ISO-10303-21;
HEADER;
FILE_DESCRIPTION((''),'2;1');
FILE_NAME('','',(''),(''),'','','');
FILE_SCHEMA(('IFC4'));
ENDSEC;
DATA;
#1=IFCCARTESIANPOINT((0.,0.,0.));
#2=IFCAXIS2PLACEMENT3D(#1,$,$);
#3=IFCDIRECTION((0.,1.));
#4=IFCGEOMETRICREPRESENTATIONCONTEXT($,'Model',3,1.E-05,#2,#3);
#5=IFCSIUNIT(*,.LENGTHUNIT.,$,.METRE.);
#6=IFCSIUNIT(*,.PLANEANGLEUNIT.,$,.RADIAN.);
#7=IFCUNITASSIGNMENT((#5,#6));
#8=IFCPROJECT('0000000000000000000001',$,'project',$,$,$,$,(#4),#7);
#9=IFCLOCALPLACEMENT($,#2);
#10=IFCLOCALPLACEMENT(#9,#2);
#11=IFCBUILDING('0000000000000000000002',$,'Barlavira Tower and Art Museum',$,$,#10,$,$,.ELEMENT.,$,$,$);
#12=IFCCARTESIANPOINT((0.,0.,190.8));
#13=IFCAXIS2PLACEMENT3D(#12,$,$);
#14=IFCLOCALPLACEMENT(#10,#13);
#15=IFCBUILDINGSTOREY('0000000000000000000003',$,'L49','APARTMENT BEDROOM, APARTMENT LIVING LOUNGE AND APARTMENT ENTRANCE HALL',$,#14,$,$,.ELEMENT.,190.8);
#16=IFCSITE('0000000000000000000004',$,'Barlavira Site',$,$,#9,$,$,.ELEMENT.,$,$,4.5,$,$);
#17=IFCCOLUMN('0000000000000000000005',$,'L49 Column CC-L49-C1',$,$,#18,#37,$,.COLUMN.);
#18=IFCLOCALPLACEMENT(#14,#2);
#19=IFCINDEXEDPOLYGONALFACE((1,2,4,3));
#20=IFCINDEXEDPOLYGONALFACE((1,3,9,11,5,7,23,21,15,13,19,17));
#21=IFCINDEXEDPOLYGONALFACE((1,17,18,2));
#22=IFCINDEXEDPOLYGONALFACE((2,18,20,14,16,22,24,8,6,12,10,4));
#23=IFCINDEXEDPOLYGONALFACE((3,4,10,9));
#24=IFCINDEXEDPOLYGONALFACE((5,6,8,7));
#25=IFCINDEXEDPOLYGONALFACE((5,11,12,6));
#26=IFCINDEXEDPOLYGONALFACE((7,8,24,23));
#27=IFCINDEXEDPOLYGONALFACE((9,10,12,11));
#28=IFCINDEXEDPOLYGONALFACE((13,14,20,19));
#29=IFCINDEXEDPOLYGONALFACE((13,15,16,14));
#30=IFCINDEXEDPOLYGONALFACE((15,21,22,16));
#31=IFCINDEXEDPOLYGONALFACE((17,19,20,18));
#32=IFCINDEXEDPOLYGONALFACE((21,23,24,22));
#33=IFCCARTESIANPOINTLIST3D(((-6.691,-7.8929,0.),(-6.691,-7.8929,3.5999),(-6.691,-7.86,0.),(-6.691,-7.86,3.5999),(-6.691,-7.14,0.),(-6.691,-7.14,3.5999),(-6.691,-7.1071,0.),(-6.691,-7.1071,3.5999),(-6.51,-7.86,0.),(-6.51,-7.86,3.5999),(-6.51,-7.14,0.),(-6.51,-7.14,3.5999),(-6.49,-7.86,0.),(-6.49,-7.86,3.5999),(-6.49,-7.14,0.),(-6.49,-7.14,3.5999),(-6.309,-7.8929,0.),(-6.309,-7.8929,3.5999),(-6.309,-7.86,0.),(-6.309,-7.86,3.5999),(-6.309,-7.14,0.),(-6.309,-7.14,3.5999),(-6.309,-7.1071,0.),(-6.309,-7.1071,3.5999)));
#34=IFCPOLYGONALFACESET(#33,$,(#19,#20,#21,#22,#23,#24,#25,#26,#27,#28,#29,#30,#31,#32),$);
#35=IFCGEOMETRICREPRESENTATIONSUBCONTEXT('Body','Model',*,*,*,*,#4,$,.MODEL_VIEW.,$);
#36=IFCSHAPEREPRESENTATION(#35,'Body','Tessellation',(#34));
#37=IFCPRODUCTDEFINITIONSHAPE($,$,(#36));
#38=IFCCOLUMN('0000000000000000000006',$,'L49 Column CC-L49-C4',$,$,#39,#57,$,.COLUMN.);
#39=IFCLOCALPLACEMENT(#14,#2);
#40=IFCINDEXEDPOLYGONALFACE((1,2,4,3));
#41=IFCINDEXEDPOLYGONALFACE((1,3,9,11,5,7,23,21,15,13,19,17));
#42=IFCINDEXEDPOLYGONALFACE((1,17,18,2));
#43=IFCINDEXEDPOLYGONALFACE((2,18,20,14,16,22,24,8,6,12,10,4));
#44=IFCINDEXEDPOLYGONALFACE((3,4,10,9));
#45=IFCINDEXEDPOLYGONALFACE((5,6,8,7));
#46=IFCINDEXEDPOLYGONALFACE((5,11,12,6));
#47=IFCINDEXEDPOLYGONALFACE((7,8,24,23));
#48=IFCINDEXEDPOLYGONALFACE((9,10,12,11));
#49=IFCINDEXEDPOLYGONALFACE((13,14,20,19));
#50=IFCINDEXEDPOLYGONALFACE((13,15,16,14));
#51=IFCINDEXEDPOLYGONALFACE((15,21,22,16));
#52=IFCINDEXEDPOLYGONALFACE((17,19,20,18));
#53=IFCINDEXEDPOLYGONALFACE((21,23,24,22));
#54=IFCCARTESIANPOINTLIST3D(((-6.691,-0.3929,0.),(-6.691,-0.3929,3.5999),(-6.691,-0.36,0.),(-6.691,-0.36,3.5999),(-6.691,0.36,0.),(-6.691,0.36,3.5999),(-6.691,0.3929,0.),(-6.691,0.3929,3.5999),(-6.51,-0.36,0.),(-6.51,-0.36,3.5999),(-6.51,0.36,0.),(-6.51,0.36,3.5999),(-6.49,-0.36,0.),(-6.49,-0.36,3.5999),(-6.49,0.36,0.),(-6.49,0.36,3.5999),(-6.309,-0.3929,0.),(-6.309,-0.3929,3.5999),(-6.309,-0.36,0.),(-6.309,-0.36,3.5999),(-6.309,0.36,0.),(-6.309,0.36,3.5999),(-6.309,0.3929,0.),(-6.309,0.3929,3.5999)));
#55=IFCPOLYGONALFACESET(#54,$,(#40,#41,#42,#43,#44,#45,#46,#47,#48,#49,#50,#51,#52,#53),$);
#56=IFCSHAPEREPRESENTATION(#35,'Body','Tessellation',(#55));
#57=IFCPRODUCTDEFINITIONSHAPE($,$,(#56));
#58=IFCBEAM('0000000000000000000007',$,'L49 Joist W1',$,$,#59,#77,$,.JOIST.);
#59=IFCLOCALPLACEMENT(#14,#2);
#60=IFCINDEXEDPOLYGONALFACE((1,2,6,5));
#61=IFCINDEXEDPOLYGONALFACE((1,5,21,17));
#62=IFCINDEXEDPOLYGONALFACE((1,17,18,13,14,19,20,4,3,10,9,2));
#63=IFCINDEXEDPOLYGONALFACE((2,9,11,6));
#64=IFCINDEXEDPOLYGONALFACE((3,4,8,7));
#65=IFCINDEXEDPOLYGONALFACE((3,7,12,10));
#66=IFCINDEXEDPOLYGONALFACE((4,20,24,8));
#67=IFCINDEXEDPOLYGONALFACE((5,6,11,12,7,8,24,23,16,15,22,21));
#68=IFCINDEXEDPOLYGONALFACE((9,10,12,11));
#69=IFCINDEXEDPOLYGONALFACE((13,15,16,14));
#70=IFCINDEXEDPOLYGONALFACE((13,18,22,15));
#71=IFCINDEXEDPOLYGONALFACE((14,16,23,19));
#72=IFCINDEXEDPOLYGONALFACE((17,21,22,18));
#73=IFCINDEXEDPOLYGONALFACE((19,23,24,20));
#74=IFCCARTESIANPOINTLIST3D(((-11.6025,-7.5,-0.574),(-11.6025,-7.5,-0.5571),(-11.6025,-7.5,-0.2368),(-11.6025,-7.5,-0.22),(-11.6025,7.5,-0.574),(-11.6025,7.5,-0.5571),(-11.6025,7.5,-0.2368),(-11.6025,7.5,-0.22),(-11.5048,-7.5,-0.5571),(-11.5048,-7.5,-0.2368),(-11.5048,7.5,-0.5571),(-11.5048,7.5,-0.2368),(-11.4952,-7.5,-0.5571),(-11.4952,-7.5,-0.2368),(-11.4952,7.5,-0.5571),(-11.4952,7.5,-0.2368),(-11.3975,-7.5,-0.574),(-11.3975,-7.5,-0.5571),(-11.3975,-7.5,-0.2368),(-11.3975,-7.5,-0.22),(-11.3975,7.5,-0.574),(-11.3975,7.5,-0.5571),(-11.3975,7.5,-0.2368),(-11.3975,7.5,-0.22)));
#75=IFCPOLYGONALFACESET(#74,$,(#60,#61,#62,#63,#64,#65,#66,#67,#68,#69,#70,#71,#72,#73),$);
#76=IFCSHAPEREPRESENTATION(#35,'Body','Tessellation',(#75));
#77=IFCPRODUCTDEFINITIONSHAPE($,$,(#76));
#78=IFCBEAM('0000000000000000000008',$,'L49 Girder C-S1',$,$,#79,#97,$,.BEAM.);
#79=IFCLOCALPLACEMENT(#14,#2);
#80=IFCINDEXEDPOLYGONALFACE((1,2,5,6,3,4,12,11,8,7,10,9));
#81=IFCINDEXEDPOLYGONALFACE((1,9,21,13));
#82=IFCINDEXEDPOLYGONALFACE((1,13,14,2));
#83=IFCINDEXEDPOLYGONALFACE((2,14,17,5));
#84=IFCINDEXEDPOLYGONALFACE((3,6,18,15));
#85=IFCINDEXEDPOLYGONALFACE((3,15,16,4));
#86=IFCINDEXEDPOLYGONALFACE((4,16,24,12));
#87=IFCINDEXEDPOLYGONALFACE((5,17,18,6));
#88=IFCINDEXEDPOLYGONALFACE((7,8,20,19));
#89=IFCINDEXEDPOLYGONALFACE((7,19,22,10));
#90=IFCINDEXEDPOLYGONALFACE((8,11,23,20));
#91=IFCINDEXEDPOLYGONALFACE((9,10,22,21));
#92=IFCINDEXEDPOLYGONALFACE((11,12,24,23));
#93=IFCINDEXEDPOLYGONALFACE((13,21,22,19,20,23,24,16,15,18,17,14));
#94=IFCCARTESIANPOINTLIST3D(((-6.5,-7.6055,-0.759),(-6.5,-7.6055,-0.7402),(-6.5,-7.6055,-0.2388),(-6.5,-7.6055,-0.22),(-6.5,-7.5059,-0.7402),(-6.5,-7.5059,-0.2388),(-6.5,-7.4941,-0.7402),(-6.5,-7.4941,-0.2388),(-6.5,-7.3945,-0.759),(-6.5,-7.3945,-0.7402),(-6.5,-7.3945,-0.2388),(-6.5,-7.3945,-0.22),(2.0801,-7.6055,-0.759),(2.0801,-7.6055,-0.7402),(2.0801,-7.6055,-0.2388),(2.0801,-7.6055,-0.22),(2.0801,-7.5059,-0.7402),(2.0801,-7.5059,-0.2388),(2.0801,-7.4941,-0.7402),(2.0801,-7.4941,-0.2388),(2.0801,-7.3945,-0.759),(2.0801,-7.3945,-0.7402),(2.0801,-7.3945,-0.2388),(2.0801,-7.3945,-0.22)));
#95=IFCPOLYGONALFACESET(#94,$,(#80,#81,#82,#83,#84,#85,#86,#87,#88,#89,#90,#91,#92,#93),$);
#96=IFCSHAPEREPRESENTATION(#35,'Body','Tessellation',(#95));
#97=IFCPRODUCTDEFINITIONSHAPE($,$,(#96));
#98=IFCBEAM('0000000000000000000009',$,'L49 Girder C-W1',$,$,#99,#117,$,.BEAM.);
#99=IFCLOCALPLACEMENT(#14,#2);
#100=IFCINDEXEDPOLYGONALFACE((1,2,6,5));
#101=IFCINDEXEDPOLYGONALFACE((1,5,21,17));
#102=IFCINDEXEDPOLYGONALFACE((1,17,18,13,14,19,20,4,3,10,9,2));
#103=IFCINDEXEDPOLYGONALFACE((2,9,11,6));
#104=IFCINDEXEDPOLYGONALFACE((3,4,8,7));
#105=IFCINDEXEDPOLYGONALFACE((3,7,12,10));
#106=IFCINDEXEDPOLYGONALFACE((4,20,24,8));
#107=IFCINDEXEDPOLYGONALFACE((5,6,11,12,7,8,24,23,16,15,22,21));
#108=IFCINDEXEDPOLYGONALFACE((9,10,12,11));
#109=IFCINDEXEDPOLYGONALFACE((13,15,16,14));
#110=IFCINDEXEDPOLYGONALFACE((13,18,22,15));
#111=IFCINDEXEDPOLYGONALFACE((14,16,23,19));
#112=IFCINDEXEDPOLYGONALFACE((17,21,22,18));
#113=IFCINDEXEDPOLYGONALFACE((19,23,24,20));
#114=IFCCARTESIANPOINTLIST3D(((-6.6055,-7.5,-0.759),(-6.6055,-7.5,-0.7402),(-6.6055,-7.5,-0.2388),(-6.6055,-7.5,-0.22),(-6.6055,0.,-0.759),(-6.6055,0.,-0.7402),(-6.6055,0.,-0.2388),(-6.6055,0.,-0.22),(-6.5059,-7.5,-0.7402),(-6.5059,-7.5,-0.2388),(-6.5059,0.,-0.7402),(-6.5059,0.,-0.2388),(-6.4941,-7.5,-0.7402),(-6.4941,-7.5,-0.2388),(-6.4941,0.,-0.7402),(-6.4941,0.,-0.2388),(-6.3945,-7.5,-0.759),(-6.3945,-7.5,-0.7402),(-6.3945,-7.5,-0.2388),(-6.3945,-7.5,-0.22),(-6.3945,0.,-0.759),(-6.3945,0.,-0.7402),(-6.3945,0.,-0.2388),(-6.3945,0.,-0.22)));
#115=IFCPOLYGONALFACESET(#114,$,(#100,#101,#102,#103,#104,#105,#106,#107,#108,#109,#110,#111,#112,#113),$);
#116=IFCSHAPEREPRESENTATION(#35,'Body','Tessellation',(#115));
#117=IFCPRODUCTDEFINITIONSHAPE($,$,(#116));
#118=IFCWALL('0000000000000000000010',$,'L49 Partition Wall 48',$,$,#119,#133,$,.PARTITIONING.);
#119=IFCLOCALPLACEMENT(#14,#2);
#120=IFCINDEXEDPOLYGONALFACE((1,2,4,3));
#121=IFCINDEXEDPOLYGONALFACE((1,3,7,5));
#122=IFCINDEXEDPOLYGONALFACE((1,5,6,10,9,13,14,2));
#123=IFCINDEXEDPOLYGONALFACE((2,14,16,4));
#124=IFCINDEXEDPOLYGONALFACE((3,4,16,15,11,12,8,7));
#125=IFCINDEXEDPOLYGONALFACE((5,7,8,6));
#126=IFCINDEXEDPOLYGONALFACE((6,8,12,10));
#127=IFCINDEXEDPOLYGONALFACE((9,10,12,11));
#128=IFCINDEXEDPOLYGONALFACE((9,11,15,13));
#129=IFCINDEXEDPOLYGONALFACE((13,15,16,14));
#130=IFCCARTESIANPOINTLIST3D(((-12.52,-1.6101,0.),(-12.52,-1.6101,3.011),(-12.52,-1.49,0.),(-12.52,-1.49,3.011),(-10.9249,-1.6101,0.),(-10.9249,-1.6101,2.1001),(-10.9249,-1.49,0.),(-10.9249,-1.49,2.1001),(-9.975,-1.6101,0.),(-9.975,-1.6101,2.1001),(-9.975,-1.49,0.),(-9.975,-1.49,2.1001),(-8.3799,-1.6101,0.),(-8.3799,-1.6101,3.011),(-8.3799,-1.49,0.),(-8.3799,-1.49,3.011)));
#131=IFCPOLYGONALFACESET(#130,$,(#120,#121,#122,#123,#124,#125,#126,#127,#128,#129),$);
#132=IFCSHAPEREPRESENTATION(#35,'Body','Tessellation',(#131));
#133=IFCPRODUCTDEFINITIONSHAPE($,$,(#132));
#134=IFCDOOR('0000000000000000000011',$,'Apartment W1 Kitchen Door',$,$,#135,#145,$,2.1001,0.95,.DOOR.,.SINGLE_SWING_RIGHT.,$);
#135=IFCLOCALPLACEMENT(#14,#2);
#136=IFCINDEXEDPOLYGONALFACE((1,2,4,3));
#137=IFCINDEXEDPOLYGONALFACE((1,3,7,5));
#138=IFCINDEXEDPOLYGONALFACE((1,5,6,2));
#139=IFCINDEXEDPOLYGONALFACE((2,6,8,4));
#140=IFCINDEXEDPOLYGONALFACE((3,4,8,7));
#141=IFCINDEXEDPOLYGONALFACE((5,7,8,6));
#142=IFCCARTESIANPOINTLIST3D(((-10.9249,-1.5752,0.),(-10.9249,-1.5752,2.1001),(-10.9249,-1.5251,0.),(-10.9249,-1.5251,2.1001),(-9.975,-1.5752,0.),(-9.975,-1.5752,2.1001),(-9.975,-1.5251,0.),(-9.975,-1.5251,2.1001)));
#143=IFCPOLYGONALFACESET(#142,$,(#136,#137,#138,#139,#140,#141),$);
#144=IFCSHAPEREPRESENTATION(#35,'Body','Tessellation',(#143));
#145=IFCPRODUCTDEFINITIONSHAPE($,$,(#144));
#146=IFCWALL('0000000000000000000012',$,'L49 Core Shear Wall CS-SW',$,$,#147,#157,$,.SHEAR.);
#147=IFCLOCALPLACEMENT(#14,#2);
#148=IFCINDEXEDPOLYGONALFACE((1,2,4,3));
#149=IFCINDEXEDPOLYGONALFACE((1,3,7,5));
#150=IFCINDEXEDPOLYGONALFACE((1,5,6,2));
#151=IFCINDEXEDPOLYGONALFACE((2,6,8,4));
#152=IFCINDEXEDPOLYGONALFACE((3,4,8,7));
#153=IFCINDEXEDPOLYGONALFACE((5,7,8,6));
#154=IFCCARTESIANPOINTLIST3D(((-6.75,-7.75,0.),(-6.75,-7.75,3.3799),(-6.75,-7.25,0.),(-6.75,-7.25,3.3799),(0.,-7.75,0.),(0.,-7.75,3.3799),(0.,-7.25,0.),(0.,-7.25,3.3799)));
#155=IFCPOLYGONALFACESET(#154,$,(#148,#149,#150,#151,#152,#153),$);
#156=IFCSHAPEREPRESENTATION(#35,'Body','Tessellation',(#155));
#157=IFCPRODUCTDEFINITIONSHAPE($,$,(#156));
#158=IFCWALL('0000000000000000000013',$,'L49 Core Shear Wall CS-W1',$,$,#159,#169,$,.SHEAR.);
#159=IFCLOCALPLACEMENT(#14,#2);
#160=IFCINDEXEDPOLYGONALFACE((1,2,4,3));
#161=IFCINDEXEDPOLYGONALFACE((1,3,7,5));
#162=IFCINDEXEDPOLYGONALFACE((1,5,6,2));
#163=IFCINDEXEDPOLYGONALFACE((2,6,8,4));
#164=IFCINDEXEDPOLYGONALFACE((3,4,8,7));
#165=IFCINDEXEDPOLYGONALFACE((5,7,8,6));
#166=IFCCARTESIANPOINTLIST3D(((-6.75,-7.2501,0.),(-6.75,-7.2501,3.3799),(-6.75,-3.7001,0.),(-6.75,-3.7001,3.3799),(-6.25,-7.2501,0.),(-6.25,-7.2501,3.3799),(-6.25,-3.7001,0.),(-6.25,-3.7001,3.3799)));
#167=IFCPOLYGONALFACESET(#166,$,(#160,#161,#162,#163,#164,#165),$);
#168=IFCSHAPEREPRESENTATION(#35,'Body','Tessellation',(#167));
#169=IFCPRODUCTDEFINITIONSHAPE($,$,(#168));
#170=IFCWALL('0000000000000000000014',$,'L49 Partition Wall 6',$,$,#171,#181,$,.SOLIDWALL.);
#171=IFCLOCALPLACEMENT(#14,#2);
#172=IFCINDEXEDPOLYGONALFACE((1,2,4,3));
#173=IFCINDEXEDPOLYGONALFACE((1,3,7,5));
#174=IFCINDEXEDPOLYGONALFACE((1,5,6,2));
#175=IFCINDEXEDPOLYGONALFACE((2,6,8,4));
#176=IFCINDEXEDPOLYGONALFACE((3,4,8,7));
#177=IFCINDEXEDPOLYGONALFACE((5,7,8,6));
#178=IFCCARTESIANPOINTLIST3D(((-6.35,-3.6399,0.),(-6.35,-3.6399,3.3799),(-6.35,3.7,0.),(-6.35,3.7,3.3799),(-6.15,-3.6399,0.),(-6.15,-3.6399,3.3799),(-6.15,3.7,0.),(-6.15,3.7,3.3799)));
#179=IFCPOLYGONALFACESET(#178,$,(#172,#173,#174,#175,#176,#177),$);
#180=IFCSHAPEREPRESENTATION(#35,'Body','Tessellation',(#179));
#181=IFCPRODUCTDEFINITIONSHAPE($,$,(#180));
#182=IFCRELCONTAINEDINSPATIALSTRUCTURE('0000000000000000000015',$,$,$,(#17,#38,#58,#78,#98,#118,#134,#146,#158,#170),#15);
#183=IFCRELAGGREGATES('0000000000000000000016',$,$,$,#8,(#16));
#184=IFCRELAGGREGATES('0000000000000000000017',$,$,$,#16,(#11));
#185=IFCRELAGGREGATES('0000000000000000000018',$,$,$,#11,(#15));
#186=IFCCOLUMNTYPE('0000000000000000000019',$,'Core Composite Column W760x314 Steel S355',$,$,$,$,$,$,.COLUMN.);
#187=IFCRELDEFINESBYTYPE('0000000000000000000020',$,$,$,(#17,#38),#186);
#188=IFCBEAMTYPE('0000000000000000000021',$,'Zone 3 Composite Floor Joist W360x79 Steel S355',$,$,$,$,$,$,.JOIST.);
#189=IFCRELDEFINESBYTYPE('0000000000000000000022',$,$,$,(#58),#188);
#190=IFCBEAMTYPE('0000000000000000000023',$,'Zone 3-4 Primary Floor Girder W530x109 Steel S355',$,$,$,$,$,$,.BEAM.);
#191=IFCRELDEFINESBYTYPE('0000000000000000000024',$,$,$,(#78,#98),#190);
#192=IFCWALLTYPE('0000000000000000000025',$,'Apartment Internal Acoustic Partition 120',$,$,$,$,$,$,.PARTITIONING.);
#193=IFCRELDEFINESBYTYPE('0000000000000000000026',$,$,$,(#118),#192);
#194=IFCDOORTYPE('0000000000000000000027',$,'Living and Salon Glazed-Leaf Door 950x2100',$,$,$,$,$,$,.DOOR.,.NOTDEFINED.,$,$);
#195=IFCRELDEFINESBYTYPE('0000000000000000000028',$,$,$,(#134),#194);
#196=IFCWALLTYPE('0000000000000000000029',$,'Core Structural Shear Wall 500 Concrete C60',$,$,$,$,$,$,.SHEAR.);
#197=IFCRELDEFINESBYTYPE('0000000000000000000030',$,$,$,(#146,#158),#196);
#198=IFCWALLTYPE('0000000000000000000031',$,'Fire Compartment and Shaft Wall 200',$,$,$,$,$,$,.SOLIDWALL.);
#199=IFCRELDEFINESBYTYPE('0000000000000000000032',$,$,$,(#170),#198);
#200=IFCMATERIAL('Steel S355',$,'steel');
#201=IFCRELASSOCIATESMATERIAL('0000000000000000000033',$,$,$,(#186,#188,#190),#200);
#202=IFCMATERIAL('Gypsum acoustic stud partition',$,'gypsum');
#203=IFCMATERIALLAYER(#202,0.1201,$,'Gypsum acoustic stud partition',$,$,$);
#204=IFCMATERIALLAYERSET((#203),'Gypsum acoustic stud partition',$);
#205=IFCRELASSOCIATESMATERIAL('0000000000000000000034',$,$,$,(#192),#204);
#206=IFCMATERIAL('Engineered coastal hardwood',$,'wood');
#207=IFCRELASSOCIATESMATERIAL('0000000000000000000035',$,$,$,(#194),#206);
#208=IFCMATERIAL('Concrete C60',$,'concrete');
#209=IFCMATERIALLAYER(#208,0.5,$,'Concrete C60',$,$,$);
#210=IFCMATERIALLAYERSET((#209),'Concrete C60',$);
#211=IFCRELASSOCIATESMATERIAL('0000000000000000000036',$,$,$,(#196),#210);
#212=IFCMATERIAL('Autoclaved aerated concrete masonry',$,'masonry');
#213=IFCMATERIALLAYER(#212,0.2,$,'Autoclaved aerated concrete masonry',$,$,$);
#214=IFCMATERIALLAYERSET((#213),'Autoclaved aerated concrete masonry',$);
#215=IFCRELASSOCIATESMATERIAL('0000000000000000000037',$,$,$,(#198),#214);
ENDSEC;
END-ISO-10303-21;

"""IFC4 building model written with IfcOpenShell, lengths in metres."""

from ifc_helpers import new_model, si_unit, direction, frame, frame_2d, origin, origin_2d, place, context, subcontext, project, spatial, rectangle, i_section, extrude, material, layer, layer_set, material_profile, profile_set, type_object, element, fill, save


model = new_model("IFC4")

# Units and contexts
model_context = context("Model", 3, precision=1e-05, world=origin(), true_north=direction((0.0, 1.0)))
body_context = subcontext(model_context, "Body", "Model", "MODEL_VIEW")
ifc_project = project(units=[si_unit("LENGTHUNIT", "METRE"), si_unit("PLANEANGLEUNIT", "RADIAN")], contexts=[model_context])

# Site, building, storey
site_placement = place(None, origin())
site = spatial("IfcSite", under=ifc_project, at=site_placement, Name="Barlavira Site", CompositionType="ELEMENT", RefElevation=4.5)
building_placement = place(site_placement, origin())
building = spatial("IfcBuilding", under=site, at=building_placement, Name="Barlavira Tower and Art Museum", CompositionType="ELEMENT")
storey_placement = place(building_placement, frame((0.0, 0.0, 190.8)))
storey = spatial("IfcBuildingStorey", under=building, at=storey_placement, Name="L49", Description="APARTMENT BEDROOM, APARTMENT LIVING LOUNGE AND APARTMENT ENTRANCE HALL", CompositionType="ELEMENT", Elevation=190.8)

# Columns
ifc_material_1 = material(Name="Steel S355", Category="steel")
ifc_material_profile_1 = material_profile(ifc_material_1, i_section(OverallWidth=0.3821, OverallDepth=0.7859, WebThickness=0.02, FlangeThickness=0.033, at=origin_2d()), Name="W760x314.0")
ifc_profile_set_1 = profile_set([ifc_material_profile_1], Name="Steel S355")
column_type = type_object("IfcColumnType", Name="Core Composite Column W760x314 Steel S355", PredefinedType="COLUMN", material=ifc_profile_set_1)
for number, where, z_axis, x_axis, name in (
    (1, (-6.5, -7.5, 0.0), (0.0, 0.0, 1.0), (1.0, 0.0, 0.0), "L49 Column CC-L49-C1"),
    (2, (-6.5, 0.0, 0.0), (0.0, 0.0, 1.0), (1.0, 0.0, 0.0), "L49 Column CC-L49-C4"),
):
    element("IfcColumn", number, at=place(storey_placement, frame(where, z_axis=z_axis, x_axis=x_axis)), inside=storey, type_object=column_type, Name=name, PredefinedType="COLUMN", context=body_context, shape_type="SweptSolid", body=[
        extrude(i_section(OverallWidth=0.3821, OverallDepth=0.7859, WebThickness=0.02, FlangeThickness=0.033, at=origin_2d()), origin(), (0.0, 0.0, 1.0), 3.5999),
    ])

# Beams
ifc_material_profile_2 = material_profile(ifc_material_1, i_section(OverallWidth=0.2051, OverallDepth=0.354, WebThickness=0.0095, FlangeThickness=0.0168, at=origin_2d()), Name="W360x79.0")
ifc_profile_set_2 = profile_set([ifc_material_profile_2], Name="Steel S355")
beam_type_1 = type_object("IfcBeamType", Name="Zone 3 Composite Floor Joist W360x79 Steel S355", PredefinedType="JOIST", material=ifc_profile_set_2)
beam_1_placement = place(storey_placement, frame((-11.5, -7.5, -0.397), z_axis=(0.0, 1.0, 0.0), x_axis=(-1.0, 0.0, 0.0)))
element("IfcBeam", 3, at=beam_1_placement, inside=storey, type_object=beam_type_1, Name="L49 Joist W1", PredefinedType="JOIST", context=body_context, shape_type="SweptSolid", body=[
    extrude(i_section(OverallWidth=0.2051, OverallDepth=0.354, WebThickness=0.0095, FlangeThickness=0.0168, at=origin_2d()), origin(), (0.0, 0.0, 1.0), 15.0),
])
ifc_material_profile_3 = material_profile(ifc_material_1, i_section(OverallWidth=0.2109, OverallDepth=0.5391, WebThickness=0.0117, FlangeThickness=0.0188, at=origin_2d()), Name="W530x109.0")
ifc_profile_set_3 = profile_set([ifc_material_profile_3], Name="Steel S355")
beam_type_2 = type_object("IfcBeamType", Name="Zone 3-4 Primary Floor Girder W530x109 Steel S355", PredefinedType="BEAM", material=ifc_profile_set_3)
beam_2_placement = place(storey_placement, frame((-6.5, -7.5, -0.4895), z_axis=(1.0, 0.0, 0.0), x_axis=(0.0, 1.0, 0.0)))
element("IfcBeam", 4, at=beam_2_placement, inside=storey, type_object=beam_type_2, Name="L49 Girder C-S1", PredefinedType="BEAM", context=body_context, shape_type="SweptSolid", body=[
    extrude(i_section(OverallWidth=0.2109, OverallDepth=0.5391, WebThickness=0.0117, FlangeThickness=0.0188, at=origin_2d()), origin(), (0.0, 0.0, 1.0), 8.5801),
])
beam_3_placement = place(storey_placement, frame((-6.5, -7.5, -0.4895), z_axis=(0.0, 1.0, 0.0), x_axis=(-1.0, 0.0, 0.0)))
element("IfcBeam", 5, at=beam_3_placement, inside=storey, type_object=beam_type_2, Name="L49 Girder C-W1", PredefinedType="BEAM", context=body_context, shape_type="SweptSolid", body=[
    extrude(i_section(OverallWidth=0.2109, OverallDepth=0.5391, WebThickness=0.0117, FlangeThickness=0.0188, at=origin_2d()), origin(), (0.0, 0.0, 1.0), 7.5),
])

# Wall, opening, door
ifc_material_2 = material(Name="Gypsum acoustic stud partition", Category="gypsum")
ifc_layer_1 = layer(ifc_material_2, 0.1201, Name="Gypsum acoustic stud partition")
ifc_layer_set_1 = layer_set([ifc_layer_1], Name="Gypsum acoustic stud partition")
wall_type_1 = type_object("IfcWallType", Name="Apartment Internal Acoustic Partition 120", PredefinedType="PARTITIONING", material=ifc_layer_set_1)
wall_1_placement = place(storey_placement, frame((-12.52, -1.55, 0.0), z_axis=(0.0, 0.0, 1.0), x_axis=(1.0, 0.0, 0.0)))
wall_1 = element("IfcWall", 6, at=wall_1_placement, inside=storey, type_object=wall_type_1, Name="L49 Partition Wall 48", PredefinedType="PARTITIONING", context=body_context, shape_type="SweptSolid", body=[
    extrude(rectangle(XDim=4.1401, YDim=0.1201, at=frame_2d((2.0701, 0.0))), origin(), (0.0, 0.0, 1.0), 3.011),
])
opening_1_placement = place(wall_1_placement, frame((1.595, 0.0, 0.0)))
opening_1 = element("IfcOpeningElement", 7, at=opening_1_placement, cuts=wall_1, PredefinedType="OPENING", context=body_context, shape_type="SweptSolid", body=[
    extrude(rectangle(XDim=0.95, YDim=2.1001, at=frame_2d((0.4751, 1.05))), frame((0.0, 0.0701, 0.0), z_axis=(0.0, -1.0, 0.0), x_axis=(1.0, 0.0, 0.0)), (0.0, 0.0, 1.0), 0.1401),
])
ifc_material_3 = material(Name="Engineered coastal hardwood", Category="wood")
door_type_1 = type_object("IfcDoorType", Name="Living and Salon Glazed-Leaf Door 950x2100", OperationType="NOTDEFINED", PredefinedType="DOOR", material=ifc_material_3)
door_1_placement = place(opening_1_placement, origin())
door_1 = element("IfcDoor", 8, at=door_1_placement, inside=storey, type_object=door_type_1, Name="Apartment W1 Kitchen Door", OperationType="SINGLE_SWING_RIGHT", OverallHeight=2.1001, OverallWidth=0.95, PredefinedType="DOOR", context=body_context, shape_type="SweptSolid", body=[
    extrude(rectangle(XDim=0.95, YDim=2.1001, at=frame_2d((0.4751, 1.05))), frame((0.0, 0.0249, 0.0), z_axis=(0.0, -1.0, 0.0), x_axis=(1.0, 0.0, 0.0)), (0.0, 0.0, 1.0), 0.05),
])
fill(opening_1, door_1)

# Walls
ifc_material_4 = material(Name="Concrete C60", Category="concrete")
ifc_layer_2 = layer(ifc_material_4, 0.5, Name="Concrete C60")
ifc_layer_set_2 = layer_set([ifc_layer_2], Name="Concrete C60")
wall_type_2 = type_object("IfcWallType", Name="Core Structural Shear Wall 500 Concrete C60", PredefinedType="SHEAR", material=ifc_layer_set_2)
wall_2_placement = place(storey_placement, frame((-6.75, -7.5, 0.0), z_axis=(0.0, 0.0, 1.0), x_axis=(1.0, 0.0, 0.0)))
element("IfcWall", 9, at=wall_2_placement, inside=storey, type_object=wall_type_2, Name="L49 Core Shear Wall CS-SW", PredefinedType="SHEAR", context=body_context, shape_type="SweptSolid", body=[
    extrude(rectangle(XDim=6.75, YDim=0.5, at=frame_2d((3.375, 0.0))), origin(), (0.0, 0.0, 1.0), 3.3799),
])
wall_3_placement = place(storey_placement, frame((-6.5, -7.25, 0.0), z_axis=(0.0, 0.0, 1.0), x_axis=(0.0, 1.0, 0.0)))
element("IfcWall", 10, at=wall_3_placement, inside=storey, type_object=wall_type_2, Name="L49 Core Shear Wall CS-W1", PredefinedType="SHEAR", context=body_context, shape_type="SweptSolid", body=[
    extrude(rectangle(XDim=3.55, YDim=0.5, at=frame_2d((1.7749, 0.0))), origin(), (0.0, 0.0, 1.0), 3.3799),
])
ifc_material_5 = material(Name="Autoclaved aerated concrete masonry", Category="masonry")
ifc_layer_3 = layer(ifc_material_5, 0.2, Name="Autoclaved aerated concrete masonry")
ifc_layer_set_3 = layer_set([ifc_layer_3], Name="Autoclaved aerated concrete masonry")
wall_type_3 = type_object("IfcWallType", Name="Fire Compartment and Shaft Wall 200", PredefinedType="SOLIDWALL", material=ifc_layer_set_3)
wall_4_placement = place(storey_placement, frame((-6.25, -3.6399, 0.0), z_axis=(0.0, 0.0, 1.0), x_axis=(0.0, 1.0, 0.0)))
element("IfcWall", 11, at=wall_4_placement, inside=storey, type_object=wall_type_3, Name="L49 Partition Wall 6", PredefinedType="SOLIDWALL", context=body_context, shape_type="SweptSolid", body=[
    extrude(rectangle(XDim=7.3398, YDim=0.2, at=frame_2d((3.6699, 0.0))), origin(), (0.0, 0.0, 1.0), 3.3799),
])

save(model, "model.ifc")
